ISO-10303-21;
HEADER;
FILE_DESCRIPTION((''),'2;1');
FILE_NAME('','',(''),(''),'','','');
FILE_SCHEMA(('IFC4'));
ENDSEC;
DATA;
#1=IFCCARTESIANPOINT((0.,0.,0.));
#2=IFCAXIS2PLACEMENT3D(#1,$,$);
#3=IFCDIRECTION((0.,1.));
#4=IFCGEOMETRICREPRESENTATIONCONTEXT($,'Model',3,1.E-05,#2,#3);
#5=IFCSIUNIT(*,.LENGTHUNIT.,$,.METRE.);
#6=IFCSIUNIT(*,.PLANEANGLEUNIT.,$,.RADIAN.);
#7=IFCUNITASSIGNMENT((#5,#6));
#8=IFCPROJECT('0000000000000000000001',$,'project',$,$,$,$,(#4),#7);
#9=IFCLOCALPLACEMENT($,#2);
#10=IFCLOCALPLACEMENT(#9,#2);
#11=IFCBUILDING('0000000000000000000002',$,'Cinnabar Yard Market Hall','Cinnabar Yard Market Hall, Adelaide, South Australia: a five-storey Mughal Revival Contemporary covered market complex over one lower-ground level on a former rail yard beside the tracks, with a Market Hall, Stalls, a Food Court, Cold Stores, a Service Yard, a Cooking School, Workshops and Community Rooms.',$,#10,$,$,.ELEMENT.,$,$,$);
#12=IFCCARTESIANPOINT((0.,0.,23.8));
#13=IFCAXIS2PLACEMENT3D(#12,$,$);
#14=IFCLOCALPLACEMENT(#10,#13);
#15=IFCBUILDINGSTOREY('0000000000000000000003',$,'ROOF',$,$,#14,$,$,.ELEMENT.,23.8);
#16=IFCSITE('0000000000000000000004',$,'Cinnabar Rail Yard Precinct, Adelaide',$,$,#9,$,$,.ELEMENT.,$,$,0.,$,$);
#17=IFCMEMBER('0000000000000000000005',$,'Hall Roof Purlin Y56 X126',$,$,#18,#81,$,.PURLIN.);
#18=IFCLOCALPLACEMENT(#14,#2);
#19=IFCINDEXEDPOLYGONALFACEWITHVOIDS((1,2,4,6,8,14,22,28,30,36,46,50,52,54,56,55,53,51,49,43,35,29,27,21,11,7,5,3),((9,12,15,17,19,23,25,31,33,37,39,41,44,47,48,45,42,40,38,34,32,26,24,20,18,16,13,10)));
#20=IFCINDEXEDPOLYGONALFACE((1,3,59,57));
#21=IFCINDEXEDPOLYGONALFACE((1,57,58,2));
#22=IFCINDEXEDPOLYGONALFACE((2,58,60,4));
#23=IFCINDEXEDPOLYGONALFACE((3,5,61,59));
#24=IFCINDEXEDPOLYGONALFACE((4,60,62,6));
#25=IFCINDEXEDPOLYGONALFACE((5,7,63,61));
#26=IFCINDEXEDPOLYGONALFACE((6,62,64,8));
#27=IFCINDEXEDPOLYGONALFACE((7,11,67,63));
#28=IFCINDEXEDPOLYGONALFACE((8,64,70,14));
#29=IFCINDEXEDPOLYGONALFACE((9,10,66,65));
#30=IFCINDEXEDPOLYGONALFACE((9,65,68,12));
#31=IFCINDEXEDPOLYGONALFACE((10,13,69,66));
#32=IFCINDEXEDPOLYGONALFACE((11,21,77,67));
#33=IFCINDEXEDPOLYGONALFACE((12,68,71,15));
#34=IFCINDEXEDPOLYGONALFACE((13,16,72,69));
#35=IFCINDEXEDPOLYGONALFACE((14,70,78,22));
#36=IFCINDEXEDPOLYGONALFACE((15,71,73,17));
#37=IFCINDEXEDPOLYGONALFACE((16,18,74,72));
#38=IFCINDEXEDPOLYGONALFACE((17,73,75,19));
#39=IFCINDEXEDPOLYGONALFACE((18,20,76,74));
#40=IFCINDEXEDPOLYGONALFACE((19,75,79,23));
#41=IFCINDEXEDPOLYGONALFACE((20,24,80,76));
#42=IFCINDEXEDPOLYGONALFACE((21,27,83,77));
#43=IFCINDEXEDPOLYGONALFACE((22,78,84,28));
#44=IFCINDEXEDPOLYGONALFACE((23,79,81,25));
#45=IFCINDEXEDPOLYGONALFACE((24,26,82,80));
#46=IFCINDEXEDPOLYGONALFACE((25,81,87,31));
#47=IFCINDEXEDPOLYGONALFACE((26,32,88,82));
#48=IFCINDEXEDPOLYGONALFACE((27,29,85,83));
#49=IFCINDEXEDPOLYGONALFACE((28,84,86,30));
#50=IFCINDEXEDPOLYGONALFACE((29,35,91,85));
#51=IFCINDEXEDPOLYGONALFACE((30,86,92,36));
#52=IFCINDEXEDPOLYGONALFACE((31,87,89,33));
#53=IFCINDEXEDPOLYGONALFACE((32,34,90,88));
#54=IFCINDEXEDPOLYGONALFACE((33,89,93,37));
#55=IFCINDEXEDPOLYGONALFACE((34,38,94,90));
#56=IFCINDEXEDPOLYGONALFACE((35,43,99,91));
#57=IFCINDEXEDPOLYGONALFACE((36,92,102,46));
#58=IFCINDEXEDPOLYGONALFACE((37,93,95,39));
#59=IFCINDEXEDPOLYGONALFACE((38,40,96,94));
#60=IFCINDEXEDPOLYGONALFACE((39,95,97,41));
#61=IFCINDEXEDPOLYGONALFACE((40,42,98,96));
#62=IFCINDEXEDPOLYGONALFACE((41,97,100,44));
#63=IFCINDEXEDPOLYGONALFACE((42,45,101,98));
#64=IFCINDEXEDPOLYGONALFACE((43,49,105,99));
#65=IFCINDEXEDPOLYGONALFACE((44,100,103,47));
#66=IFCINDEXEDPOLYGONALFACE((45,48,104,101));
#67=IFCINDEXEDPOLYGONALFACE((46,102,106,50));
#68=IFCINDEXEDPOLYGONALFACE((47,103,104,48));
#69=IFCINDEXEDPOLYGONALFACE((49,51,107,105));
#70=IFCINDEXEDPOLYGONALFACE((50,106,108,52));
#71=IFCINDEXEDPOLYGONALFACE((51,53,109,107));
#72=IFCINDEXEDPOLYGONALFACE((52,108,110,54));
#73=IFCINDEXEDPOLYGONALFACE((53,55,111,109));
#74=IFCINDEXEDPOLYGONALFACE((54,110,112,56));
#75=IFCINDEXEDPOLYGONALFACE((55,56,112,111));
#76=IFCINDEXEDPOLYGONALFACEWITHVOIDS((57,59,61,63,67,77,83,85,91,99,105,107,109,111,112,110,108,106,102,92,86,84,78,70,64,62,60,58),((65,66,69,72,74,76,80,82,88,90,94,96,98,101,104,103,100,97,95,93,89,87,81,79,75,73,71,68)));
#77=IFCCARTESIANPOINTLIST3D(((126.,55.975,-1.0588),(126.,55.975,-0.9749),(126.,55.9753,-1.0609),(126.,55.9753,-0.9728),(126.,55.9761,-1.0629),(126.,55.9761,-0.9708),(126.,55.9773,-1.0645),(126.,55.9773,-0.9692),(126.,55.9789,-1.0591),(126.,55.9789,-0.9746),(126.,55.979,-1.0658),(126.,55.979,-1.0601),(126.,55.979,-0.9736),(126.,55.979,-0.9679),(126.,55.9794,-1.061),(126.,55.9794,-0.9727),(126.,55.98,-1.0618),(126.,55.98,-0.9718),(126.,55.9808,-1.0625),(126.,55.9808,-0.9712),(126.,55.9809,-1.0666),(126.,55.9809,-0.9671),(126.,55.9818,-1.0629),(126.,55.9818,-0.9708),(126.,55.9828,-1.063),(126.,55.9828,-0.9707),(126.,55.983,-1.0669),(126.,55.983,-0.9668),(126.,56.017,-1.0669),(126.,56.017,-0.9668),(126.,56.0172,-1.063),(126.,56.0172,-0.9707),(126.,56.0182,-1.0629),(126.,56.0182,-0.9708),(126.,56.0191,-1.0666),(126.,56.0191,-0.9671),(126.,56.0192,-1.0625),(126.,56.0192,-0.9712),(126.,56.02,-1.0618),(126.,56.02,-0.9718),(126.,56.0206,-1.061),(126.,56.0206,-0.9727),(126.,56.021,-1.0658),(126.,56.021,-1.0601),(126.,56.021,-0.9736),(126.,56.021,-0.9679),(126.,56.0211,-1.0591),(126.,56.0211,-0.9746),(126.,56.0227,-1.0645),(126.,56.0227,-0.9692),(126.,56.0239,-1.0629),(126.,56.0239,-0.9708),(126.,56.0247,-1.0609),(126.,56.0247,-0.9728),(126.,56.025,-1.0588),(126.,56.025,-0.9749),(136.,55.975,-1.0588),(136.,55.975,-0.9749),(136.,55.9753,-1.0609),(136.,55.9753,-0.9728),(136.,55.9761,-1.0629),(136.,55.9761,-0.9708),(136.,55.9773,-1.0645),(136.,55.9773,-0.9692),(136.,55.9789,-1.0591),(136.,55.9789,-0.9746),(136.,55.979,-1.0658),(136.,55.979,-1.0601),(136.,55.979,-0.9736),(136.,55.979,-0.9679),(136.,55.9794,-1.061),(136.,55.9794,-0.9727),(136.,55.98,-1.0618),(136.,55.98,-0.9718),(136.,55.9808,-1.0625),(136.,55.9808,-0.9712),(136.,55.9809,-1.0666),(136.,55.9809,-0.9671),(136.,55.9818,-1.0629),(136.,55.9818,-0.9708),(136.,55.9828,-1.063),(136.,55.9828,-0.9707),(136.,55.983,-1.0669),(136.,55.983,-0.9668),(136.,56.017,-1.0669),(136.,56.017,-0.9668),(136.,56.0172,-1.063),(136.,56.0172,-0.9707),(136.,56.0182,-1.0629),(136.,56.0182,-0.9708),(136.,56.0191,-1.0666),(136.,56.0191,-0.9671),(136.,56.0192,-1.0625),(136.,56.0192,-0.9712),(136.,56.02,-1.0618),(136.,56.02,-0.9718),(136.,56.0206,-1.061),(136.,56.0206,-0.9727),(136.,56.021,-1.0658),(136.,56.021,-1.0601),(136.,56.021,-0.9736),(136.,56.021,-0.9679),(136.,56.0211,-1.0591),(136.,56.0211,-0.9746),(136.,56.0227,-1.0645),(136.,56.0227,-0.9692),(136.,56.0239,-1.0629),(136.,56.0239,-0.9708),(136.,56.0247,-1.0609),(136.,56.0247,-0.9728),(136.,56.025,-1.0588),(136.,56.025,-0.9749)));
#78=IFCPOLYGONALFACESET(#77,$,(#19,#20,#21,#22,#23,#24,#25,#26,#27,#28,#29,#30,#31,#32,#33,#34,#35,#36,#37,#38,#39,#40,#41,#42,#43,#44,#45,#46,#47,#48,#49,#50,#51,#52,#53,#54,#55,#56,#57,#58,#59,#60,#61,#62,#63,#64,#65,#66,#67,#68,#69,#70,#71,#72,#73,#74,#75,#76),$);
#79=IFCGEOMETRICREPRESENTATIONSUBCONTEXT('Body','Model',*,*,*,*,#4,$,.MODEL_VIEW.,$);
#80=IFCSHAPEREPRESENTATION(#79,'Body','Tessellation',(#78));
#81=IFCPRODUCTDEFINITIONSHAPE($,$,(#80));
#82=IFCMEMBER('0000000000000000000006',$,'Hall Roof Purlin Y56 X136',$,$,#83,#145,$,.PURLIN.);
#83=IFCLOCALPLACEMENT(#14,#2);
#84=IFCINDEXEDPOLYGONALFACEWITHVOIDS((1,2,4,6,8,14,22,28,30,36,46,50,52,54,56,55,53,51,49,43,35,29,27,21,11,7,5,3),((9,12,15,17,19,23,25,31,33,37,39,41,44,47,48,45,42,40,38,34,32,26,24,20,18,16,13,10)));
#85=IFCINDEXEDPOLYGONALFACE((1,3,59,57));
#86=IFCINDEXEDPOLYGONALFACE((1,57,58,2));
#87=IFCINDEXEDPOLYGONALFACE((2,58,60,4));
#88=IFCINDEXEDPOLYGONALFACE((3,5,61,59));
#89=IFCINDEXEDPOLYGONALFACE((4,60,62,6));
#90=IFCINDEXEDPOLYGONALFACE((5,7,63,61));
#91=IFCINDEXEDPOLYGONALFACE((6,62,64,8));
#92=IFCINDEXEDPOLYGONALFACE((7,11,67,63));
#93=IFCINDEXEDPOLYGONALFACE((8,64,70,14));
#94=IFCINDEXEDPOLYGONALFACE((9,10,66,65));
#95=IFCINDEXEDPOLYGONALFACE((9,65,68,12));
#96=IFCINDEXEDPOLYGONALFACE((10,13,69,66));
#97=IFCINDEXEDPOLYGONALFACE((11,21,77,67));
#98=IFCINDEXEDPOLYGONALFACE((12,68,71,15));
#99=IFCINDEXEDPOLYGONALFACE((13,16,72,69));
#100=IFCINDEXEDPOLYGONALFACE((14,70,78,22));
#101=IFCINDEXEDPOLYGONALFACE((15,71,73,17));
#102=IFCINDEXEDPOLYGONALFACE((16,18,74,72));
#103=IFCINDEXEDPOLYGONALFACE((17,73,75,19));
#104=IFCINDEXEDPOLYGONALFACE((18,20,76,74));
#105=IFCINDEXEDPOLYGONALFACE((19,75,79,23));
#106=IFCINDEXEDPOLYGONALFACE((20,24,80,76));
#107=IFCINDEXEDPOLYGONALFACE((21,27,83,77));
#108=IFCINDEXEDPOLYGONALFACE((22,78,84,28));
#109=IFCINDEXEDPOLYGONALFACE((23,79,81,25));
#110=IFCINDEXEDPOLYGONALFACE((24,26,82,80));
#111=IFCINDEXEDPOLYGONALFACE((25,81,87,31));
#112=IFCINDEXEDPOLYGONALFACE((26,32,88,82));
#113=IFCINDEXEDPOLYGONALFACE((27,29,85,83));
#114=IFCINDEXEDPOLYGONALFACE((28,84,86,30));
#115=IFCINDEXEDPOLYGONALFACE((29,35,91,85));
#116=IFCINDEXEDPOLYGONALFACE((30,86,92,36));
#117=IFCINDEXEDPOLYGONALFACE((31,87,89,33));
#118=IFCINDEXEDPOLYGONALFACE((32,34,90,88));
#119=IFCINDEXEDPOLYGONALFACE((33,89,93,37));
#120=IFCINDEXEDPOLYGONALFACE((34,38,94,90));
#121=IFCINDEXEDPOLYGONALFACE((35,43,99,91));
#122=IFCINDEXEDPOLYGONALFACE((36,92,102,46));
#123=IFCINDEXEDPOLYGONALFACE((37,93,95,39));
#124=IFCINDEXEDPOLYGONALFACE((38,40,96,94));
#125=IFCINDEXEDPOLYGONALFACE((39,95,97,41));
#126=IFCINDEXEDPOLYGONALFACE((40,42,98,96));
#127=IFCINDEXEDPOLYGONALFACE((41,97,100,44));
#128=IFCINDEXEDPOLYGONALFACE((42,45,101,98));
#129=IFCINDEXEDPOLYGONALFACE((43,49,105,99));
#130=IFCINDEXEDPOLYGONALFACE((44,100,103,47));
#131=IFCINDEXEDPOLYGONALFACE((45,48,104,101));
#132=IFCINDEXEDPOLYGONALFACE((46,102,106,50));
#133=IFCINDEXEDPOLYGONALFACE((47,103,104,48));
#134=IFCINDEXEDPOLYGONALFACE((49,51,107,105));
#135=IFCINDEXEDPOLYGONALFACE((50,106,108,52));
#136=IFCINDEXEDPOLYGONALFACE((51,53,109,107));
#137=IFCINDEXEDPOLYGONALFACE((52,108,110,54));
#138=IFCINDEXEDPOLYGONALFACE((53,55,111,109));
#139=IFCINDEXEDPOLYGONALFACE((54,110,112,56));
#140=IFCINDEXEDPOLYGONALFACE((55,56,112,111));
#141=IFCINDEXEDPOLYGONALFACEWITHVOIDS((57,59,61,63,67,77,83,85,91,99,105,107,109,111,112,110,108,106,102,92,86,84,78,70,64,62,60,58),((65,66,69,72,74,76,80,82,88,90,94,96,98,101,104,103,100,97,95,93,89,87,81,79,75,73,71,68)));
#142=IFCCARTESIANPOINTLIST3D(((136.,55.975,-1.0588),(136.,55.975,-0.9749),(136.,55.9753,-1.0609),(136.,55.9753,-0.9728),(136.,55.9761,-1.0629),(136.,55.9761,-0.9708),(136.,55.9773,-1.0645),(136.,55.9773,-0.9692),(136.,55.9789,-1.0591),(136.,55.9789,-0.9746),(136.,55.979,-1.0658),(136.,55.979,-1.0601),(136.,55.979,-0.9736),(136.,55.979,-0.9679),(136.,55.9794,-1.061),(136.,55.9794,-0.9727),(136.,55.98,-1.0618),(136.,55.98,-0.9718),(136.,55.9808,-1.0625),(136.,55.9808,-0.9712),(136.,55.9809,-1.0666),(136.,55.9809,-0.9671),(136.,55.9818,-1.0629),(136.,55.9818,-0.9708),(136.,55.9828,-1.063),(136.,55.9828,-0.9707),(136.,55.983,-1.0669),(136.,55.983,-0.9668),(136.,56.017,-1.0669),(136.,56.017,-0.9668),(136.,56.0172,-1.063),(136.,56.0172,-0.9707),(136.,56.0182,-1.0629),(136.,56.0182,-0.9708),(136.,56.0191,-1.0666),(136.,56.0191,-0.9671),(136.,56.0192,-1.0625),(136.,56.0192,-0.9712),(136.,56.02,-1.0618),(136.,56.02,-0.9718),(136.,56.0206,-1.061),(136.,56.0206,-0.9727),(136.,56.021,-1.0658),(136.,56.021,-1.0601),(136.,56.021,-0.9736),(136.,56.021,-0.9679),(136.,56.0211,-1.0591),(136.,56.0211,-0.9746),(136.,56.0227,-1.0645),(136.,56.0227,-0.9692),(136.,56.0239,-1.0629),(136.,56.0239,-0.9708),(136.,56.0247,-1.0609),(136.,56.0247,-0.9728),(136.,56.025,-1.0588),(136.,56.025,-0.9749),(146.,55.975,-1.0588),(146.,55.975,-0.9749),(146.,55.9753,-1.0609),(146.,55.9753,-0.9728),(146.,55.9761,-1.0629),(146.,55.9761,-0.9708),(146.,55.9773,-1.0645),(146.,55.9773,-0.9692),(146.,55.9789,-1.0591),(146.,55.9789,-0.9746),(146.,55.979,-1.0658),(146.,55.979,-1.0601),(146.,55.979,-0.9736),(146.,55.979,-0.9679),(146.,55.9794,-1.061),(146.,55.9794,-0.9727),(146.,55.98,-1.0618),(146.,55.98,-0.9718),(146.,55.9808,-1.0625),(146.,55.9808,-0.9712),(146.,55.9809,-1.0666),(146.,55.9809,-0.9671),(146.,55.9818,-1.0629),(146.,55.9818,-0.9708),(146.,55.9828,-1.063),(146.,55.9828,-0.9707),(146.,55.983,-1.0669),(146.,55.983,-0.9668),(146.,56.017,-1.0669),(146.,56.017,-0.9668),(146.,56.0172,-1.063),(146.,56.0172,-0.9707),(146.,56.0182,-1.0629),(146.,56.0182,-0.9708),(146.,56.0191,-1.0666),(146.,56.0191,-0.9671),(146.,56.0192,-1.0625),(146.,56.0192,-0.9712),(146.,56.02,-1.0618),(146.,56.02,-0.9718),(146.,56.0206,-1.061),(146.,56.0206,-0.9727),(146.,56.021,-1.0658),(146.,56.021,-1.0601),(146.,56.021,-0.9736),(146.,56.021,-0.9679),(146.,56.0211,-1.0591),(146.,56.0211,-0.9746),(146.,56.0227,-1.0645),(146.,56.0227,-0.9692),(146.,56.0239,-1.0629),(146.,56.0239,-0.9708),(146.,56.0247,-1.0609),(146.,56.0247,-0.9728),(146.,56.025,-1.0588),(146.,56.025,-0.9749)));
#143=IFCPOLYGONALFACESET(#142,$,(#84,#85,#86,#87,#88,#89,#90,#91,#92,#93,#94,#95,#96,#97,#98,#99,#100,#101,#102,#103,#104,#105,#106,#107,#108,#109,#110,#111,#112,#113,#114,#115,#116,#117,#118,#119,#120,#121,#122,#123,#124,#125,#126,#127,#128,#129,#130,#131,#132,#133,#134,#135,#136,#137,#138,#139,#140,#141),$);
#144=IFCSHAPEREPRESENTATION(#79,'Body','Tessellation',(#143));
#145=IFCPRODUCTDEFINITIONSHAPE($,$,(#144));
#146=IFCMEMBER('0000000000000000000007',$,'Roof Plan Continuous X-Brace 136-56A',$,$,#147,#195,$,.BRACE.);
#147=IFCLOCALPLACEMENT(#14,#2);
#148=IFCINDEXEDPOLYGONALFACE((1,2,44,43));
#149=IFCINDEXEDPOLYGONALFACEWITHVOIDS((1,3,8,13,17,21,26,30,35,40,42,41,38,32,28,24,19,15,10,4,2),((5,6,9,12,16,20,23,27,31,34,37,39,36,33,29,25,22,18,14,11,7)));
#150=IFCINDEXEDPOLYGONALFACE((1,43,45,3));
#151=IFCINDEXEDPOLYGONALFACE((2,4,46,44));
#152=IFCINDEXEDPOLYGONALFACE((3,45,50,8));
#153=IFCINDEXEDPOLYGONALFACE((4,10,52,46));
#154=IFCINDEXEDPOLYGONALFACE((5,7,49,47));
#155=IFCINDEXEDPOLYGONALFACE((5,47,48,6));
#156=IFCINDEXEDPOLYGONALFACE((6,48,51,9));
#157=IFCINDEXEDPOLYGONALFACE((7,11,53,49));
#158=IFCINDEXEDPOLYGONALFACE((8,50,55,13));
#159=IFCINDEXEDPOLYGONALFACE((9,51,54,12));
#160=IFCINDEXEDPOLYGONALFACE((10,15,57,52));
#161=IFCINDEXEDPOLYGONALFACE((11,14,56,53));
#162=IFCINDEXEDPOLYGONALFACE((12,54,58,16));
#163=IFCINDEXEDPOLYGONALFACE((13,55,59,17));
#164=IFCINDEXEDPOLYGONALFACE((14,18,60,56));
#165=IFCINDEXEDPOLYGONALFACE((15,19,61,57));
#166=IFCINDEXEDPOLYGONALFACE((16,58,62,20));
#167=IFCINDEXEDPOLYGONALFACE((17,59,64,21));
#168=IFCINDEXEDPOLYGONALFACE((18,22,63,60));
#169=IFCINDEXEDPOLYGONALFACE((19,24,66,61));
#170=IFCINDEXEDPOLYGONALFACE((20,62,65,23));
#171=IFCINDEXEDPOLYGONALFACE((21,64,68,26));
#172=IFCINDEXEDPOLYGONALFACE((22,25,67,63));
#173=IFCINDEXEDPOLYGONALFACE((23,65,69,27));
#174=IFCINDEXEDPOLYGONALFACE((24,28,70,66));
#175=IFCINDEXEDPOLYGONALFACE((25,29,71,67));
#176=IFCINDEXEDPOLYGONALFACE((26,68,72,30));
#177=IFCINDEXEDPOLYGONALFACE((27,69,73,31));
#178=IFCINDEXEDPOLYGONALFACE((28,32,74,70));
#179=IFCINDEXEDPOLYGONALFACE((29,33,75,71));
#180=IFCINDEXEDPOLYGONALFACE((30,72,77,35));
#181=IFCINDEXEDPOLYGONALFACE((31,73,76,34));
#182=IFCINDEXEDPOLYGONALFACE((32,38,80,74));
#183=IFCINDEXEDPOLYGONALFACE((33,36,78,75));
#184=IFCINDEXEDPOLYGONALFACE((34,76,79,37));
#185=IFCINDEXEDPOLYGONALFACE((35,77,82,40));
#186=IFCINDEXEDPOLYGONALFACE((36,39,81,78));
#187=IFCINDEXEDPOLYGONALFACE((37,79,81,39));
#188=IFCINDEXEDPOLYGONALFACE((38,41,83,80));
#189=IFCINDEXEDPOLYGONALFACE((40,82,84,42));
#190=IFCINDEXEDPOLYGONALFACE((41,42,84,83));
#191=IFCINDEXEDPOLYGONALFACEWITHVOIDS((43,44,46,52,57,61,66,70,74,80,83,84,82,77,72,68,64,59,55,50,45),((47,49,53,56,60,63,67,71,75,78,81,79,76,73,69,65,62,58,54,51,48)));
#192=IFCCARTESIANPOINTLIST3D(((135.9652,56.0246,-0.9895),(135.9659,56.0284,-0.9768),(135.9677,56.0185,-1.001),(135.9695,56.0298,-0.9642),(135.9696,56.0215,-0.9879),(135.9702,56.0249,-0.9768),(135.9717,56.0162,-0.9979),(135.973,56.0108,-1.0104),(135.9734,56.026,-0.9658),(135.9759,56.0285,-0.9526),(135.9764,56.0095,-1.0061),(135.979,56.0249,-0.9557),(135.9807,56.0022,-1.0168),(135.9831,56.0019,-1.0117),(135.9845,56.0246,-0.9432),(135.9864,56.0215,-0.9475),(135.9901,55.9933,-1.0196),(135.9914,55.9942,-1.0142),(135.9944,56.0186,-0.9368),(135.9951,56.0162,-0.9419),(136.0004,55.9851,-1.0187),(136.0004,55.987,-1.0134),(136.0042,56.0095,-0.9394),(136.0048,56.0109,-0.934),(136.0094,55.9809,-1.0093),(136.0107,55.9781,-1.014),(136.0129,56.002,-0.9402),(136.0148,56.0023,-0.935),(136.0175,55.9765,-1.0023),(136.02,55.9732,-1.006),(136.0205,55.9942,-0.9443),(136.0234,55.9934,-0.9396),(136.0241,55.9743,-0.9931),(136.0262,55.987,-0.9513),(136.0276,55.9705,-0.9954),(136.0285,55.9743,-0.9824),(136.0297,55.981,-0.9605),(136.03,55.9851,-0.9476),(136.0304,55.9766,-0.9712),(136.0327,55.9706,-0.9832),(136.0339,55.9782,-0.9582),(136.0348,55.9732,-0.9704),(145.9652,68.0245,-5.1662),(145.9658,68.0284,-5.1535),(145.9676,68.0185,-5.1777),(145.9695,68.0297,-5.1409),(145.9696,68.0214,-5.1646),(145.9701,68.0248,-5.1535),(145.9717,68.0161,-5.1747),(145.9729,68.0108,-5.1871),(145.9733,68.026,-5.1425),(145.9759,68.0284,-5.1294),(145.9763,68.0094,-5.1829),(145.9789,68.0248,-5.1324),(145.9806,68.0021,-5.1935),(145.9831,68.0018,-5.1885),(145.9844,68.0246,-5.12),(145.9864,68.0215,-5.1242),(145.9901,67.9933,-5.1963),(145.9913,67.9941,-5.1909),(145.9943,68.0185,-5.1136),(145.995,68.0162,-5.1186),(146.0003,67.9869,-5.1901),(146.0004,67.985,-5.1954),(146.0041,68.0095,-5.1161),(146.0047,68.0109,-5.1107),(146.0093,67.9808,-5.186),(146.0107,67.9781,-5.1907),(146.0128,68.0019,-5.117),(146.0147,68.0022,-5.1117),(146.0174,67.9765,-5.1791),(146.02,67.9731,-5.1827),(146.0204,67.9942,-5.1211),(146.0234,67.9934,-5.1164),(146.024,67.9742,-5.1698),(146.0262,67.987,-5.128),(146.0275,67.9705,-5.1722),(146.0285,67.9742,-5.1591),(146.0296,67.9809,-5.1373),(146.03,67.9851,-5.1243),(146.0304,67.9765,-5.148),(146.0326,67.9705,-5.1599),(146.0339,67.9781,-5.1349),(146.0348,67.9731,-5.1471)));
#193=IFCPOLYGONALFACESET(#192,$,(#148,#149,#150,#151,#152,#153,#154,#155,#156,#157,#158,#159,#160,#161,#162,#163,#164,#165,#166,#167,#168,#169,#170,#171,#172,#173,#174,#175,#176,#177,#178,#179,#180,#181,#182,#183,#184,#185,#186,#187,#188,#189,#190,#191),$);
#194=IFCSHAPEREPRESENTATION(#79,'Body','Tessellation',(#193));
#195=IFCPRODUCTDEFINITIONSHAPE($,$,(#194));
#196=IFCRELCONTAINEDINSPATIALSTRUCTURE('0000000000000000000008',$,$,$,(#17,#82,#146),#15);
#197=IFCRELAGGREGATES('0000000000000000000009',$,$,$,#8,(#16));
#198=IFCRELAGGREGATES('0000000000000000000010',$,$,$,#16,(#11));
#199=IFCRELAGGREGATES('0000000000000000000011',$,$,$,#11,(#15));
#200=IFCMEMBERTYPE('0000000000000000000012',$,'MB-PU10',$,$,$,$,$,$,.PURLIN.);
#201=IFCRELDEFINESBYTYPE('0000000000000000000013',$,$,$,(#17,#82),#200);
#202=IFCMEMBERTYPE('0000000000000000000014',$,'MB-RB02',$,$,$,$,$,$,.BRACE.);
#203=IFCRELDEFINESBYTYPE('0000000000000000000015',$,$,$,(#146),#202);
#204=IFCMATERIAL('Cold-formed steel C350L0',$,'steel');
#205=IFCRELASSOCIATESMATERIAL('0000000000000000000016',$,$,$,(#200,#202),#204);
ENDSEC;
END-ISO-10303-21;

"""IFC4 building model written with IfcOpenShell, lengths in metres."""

from ifc_helpers import new_model, si_unit, direction, frame, origin, origin_2d_with_axis, place, context, subcontext, project, spatial, hollow_rectangle, hollow_circle, extrude, material, material_profile, profile_set, type_object, element, save


model = new_model("IFC4")

# Units and contexts
model_context = context("Model", 3, precision=1e-05, world=origin(), true_north=direction((0.0, 1.0)))
body_context = subcontext(model_context, "Body", "Model", "MODEL_VIEW")
ifc_project = project(units=[si_unit("LENGTHUNIT", "METRE"), si_unit("PLANEANGLEUNIT", "RADIAN")], contexts=[model_context])

# Site, building, storey
site_placement = place(None, origin())
site = spatial("IfcSite", under=ifc_project, at=site_placement, Name="Cinnabar Rail Yard Precinct, Adelaide", CompositionType="ELEMENT", RefElevation=0.0)
building_placement = place(site_placement, origin())
building = spatial("IfcBuilding", under=site, at=building_placement, Name="Cinnabar Yard Market Hall", Description="Cinnabar Yard Market Hall, Adelaide, South Australia: a five-storey Mughal Revival Contemporary covered market complex over one lower-ground level on a former rail yard beside the tracks, with a Market Hall, Stalls, a Food Court, Cold Stores, a Service Yard, a Cooking School, Workshops and Community Rooms.", CompositionType="ELEMENT")
storey_placement = place(building_placement, frame((0.0, 0.0, 23.8)))
storey = spatial("IfcBuildingStorey", under=building, at=storey_placement, Name="ROOF", CompositionType="ELEMENT", Elevation=23.8)

# Members
ifc_material_1 = material(Name="Cold-formed steel C350L0", Category="steel")
ifc_material_profile_1 = material_profile(ifc_material_1, hollow_rectangle(XDim=0.05, YDim=0.1001, WallThickness=0.0039, InnerFilletRadius=0.0039, OuterFilletRadius=0.0081, at=origin_2d_with_axis()), Name="100x50x4.0RHS")
ifc_profile_set_1 = profile_set([ifc_material_profile_1], Name="Cold-formed steel C350L0")
member_type_1 = type_object("IfcMemberType", Name="MB-PU10", PredefinedType="PURLIN", material=ifc_profile_set_1)
for number, where, z_axis, x_axis, name in (
    (1, (126.0, 56.0, -1.0168), (1.0, 0.0, 0.0), (0.0, 1.0, 0.0), "Hall Roof Purlin Y56 X126"),
    (2, (136.0, 56.0, -1.0168), (1.0, 0.0, 0.0), (0.0, 1.0, 0.0), "Hall Roof Purlin Y56 X136"),
):
    element("IfcMember", number, at=place(storey_placement, frame(where, z_axis=z_axis, x_axis=x_axis)), inside=storey, type_object=member_type_1, Name=name, PredefinedType="PURLIN", context=body_context, shape_type="SweptSolid", body=[
        extrude(hollow_rectangle(XDim=0.05, YDim=0.1001, WallThickness=0.0039, InnerFilletRadius=0.0039, OuterFilletRadius=0.0081, at=origin_2d_with_axis()), origin(), (0.0, 0.0, 1.0), 10.0),
    ])
ifc_material_profile_2 = material_profile(ifc_material_1, hollow_circle(Radius=0.0444, WallThickness=0.0056, at=origin_2d_with_axis()), Name="88.9x5.5CHS")
ifc_profile_set_2 = profile_set([ifc_material_profile_2], Name="Cold-formed steel C350L0")
member_type_2 = type_object("IfcMemberType", Name="MB-RB02", PredefinedType="BRACE", material=ifc_profile_set_2)
member_placement = place(storey_placement, frame((136.0, 56.0, -0.9768), z_axis=(0.618457, 0.742149, -0.258315), x_axis=(-0.768221, 0.640184, 0.0)))
element("IfcMember", 3, at=member_placement, inside=storey, type_object=member_type_2, Name="Roof Plan Continuous X-Brace 136-56A", PredefinedType="BRACE", context=body_context, shape_type="SweptSolid", body=[
    extrude(hollow_circle(Radius=0.0444, WallThickness=0.0056, at=origin_2d_with_axis()), origin(), (0.0, 0.0, 1.0), 16.1692),
])

save(model, "model.ifc")
